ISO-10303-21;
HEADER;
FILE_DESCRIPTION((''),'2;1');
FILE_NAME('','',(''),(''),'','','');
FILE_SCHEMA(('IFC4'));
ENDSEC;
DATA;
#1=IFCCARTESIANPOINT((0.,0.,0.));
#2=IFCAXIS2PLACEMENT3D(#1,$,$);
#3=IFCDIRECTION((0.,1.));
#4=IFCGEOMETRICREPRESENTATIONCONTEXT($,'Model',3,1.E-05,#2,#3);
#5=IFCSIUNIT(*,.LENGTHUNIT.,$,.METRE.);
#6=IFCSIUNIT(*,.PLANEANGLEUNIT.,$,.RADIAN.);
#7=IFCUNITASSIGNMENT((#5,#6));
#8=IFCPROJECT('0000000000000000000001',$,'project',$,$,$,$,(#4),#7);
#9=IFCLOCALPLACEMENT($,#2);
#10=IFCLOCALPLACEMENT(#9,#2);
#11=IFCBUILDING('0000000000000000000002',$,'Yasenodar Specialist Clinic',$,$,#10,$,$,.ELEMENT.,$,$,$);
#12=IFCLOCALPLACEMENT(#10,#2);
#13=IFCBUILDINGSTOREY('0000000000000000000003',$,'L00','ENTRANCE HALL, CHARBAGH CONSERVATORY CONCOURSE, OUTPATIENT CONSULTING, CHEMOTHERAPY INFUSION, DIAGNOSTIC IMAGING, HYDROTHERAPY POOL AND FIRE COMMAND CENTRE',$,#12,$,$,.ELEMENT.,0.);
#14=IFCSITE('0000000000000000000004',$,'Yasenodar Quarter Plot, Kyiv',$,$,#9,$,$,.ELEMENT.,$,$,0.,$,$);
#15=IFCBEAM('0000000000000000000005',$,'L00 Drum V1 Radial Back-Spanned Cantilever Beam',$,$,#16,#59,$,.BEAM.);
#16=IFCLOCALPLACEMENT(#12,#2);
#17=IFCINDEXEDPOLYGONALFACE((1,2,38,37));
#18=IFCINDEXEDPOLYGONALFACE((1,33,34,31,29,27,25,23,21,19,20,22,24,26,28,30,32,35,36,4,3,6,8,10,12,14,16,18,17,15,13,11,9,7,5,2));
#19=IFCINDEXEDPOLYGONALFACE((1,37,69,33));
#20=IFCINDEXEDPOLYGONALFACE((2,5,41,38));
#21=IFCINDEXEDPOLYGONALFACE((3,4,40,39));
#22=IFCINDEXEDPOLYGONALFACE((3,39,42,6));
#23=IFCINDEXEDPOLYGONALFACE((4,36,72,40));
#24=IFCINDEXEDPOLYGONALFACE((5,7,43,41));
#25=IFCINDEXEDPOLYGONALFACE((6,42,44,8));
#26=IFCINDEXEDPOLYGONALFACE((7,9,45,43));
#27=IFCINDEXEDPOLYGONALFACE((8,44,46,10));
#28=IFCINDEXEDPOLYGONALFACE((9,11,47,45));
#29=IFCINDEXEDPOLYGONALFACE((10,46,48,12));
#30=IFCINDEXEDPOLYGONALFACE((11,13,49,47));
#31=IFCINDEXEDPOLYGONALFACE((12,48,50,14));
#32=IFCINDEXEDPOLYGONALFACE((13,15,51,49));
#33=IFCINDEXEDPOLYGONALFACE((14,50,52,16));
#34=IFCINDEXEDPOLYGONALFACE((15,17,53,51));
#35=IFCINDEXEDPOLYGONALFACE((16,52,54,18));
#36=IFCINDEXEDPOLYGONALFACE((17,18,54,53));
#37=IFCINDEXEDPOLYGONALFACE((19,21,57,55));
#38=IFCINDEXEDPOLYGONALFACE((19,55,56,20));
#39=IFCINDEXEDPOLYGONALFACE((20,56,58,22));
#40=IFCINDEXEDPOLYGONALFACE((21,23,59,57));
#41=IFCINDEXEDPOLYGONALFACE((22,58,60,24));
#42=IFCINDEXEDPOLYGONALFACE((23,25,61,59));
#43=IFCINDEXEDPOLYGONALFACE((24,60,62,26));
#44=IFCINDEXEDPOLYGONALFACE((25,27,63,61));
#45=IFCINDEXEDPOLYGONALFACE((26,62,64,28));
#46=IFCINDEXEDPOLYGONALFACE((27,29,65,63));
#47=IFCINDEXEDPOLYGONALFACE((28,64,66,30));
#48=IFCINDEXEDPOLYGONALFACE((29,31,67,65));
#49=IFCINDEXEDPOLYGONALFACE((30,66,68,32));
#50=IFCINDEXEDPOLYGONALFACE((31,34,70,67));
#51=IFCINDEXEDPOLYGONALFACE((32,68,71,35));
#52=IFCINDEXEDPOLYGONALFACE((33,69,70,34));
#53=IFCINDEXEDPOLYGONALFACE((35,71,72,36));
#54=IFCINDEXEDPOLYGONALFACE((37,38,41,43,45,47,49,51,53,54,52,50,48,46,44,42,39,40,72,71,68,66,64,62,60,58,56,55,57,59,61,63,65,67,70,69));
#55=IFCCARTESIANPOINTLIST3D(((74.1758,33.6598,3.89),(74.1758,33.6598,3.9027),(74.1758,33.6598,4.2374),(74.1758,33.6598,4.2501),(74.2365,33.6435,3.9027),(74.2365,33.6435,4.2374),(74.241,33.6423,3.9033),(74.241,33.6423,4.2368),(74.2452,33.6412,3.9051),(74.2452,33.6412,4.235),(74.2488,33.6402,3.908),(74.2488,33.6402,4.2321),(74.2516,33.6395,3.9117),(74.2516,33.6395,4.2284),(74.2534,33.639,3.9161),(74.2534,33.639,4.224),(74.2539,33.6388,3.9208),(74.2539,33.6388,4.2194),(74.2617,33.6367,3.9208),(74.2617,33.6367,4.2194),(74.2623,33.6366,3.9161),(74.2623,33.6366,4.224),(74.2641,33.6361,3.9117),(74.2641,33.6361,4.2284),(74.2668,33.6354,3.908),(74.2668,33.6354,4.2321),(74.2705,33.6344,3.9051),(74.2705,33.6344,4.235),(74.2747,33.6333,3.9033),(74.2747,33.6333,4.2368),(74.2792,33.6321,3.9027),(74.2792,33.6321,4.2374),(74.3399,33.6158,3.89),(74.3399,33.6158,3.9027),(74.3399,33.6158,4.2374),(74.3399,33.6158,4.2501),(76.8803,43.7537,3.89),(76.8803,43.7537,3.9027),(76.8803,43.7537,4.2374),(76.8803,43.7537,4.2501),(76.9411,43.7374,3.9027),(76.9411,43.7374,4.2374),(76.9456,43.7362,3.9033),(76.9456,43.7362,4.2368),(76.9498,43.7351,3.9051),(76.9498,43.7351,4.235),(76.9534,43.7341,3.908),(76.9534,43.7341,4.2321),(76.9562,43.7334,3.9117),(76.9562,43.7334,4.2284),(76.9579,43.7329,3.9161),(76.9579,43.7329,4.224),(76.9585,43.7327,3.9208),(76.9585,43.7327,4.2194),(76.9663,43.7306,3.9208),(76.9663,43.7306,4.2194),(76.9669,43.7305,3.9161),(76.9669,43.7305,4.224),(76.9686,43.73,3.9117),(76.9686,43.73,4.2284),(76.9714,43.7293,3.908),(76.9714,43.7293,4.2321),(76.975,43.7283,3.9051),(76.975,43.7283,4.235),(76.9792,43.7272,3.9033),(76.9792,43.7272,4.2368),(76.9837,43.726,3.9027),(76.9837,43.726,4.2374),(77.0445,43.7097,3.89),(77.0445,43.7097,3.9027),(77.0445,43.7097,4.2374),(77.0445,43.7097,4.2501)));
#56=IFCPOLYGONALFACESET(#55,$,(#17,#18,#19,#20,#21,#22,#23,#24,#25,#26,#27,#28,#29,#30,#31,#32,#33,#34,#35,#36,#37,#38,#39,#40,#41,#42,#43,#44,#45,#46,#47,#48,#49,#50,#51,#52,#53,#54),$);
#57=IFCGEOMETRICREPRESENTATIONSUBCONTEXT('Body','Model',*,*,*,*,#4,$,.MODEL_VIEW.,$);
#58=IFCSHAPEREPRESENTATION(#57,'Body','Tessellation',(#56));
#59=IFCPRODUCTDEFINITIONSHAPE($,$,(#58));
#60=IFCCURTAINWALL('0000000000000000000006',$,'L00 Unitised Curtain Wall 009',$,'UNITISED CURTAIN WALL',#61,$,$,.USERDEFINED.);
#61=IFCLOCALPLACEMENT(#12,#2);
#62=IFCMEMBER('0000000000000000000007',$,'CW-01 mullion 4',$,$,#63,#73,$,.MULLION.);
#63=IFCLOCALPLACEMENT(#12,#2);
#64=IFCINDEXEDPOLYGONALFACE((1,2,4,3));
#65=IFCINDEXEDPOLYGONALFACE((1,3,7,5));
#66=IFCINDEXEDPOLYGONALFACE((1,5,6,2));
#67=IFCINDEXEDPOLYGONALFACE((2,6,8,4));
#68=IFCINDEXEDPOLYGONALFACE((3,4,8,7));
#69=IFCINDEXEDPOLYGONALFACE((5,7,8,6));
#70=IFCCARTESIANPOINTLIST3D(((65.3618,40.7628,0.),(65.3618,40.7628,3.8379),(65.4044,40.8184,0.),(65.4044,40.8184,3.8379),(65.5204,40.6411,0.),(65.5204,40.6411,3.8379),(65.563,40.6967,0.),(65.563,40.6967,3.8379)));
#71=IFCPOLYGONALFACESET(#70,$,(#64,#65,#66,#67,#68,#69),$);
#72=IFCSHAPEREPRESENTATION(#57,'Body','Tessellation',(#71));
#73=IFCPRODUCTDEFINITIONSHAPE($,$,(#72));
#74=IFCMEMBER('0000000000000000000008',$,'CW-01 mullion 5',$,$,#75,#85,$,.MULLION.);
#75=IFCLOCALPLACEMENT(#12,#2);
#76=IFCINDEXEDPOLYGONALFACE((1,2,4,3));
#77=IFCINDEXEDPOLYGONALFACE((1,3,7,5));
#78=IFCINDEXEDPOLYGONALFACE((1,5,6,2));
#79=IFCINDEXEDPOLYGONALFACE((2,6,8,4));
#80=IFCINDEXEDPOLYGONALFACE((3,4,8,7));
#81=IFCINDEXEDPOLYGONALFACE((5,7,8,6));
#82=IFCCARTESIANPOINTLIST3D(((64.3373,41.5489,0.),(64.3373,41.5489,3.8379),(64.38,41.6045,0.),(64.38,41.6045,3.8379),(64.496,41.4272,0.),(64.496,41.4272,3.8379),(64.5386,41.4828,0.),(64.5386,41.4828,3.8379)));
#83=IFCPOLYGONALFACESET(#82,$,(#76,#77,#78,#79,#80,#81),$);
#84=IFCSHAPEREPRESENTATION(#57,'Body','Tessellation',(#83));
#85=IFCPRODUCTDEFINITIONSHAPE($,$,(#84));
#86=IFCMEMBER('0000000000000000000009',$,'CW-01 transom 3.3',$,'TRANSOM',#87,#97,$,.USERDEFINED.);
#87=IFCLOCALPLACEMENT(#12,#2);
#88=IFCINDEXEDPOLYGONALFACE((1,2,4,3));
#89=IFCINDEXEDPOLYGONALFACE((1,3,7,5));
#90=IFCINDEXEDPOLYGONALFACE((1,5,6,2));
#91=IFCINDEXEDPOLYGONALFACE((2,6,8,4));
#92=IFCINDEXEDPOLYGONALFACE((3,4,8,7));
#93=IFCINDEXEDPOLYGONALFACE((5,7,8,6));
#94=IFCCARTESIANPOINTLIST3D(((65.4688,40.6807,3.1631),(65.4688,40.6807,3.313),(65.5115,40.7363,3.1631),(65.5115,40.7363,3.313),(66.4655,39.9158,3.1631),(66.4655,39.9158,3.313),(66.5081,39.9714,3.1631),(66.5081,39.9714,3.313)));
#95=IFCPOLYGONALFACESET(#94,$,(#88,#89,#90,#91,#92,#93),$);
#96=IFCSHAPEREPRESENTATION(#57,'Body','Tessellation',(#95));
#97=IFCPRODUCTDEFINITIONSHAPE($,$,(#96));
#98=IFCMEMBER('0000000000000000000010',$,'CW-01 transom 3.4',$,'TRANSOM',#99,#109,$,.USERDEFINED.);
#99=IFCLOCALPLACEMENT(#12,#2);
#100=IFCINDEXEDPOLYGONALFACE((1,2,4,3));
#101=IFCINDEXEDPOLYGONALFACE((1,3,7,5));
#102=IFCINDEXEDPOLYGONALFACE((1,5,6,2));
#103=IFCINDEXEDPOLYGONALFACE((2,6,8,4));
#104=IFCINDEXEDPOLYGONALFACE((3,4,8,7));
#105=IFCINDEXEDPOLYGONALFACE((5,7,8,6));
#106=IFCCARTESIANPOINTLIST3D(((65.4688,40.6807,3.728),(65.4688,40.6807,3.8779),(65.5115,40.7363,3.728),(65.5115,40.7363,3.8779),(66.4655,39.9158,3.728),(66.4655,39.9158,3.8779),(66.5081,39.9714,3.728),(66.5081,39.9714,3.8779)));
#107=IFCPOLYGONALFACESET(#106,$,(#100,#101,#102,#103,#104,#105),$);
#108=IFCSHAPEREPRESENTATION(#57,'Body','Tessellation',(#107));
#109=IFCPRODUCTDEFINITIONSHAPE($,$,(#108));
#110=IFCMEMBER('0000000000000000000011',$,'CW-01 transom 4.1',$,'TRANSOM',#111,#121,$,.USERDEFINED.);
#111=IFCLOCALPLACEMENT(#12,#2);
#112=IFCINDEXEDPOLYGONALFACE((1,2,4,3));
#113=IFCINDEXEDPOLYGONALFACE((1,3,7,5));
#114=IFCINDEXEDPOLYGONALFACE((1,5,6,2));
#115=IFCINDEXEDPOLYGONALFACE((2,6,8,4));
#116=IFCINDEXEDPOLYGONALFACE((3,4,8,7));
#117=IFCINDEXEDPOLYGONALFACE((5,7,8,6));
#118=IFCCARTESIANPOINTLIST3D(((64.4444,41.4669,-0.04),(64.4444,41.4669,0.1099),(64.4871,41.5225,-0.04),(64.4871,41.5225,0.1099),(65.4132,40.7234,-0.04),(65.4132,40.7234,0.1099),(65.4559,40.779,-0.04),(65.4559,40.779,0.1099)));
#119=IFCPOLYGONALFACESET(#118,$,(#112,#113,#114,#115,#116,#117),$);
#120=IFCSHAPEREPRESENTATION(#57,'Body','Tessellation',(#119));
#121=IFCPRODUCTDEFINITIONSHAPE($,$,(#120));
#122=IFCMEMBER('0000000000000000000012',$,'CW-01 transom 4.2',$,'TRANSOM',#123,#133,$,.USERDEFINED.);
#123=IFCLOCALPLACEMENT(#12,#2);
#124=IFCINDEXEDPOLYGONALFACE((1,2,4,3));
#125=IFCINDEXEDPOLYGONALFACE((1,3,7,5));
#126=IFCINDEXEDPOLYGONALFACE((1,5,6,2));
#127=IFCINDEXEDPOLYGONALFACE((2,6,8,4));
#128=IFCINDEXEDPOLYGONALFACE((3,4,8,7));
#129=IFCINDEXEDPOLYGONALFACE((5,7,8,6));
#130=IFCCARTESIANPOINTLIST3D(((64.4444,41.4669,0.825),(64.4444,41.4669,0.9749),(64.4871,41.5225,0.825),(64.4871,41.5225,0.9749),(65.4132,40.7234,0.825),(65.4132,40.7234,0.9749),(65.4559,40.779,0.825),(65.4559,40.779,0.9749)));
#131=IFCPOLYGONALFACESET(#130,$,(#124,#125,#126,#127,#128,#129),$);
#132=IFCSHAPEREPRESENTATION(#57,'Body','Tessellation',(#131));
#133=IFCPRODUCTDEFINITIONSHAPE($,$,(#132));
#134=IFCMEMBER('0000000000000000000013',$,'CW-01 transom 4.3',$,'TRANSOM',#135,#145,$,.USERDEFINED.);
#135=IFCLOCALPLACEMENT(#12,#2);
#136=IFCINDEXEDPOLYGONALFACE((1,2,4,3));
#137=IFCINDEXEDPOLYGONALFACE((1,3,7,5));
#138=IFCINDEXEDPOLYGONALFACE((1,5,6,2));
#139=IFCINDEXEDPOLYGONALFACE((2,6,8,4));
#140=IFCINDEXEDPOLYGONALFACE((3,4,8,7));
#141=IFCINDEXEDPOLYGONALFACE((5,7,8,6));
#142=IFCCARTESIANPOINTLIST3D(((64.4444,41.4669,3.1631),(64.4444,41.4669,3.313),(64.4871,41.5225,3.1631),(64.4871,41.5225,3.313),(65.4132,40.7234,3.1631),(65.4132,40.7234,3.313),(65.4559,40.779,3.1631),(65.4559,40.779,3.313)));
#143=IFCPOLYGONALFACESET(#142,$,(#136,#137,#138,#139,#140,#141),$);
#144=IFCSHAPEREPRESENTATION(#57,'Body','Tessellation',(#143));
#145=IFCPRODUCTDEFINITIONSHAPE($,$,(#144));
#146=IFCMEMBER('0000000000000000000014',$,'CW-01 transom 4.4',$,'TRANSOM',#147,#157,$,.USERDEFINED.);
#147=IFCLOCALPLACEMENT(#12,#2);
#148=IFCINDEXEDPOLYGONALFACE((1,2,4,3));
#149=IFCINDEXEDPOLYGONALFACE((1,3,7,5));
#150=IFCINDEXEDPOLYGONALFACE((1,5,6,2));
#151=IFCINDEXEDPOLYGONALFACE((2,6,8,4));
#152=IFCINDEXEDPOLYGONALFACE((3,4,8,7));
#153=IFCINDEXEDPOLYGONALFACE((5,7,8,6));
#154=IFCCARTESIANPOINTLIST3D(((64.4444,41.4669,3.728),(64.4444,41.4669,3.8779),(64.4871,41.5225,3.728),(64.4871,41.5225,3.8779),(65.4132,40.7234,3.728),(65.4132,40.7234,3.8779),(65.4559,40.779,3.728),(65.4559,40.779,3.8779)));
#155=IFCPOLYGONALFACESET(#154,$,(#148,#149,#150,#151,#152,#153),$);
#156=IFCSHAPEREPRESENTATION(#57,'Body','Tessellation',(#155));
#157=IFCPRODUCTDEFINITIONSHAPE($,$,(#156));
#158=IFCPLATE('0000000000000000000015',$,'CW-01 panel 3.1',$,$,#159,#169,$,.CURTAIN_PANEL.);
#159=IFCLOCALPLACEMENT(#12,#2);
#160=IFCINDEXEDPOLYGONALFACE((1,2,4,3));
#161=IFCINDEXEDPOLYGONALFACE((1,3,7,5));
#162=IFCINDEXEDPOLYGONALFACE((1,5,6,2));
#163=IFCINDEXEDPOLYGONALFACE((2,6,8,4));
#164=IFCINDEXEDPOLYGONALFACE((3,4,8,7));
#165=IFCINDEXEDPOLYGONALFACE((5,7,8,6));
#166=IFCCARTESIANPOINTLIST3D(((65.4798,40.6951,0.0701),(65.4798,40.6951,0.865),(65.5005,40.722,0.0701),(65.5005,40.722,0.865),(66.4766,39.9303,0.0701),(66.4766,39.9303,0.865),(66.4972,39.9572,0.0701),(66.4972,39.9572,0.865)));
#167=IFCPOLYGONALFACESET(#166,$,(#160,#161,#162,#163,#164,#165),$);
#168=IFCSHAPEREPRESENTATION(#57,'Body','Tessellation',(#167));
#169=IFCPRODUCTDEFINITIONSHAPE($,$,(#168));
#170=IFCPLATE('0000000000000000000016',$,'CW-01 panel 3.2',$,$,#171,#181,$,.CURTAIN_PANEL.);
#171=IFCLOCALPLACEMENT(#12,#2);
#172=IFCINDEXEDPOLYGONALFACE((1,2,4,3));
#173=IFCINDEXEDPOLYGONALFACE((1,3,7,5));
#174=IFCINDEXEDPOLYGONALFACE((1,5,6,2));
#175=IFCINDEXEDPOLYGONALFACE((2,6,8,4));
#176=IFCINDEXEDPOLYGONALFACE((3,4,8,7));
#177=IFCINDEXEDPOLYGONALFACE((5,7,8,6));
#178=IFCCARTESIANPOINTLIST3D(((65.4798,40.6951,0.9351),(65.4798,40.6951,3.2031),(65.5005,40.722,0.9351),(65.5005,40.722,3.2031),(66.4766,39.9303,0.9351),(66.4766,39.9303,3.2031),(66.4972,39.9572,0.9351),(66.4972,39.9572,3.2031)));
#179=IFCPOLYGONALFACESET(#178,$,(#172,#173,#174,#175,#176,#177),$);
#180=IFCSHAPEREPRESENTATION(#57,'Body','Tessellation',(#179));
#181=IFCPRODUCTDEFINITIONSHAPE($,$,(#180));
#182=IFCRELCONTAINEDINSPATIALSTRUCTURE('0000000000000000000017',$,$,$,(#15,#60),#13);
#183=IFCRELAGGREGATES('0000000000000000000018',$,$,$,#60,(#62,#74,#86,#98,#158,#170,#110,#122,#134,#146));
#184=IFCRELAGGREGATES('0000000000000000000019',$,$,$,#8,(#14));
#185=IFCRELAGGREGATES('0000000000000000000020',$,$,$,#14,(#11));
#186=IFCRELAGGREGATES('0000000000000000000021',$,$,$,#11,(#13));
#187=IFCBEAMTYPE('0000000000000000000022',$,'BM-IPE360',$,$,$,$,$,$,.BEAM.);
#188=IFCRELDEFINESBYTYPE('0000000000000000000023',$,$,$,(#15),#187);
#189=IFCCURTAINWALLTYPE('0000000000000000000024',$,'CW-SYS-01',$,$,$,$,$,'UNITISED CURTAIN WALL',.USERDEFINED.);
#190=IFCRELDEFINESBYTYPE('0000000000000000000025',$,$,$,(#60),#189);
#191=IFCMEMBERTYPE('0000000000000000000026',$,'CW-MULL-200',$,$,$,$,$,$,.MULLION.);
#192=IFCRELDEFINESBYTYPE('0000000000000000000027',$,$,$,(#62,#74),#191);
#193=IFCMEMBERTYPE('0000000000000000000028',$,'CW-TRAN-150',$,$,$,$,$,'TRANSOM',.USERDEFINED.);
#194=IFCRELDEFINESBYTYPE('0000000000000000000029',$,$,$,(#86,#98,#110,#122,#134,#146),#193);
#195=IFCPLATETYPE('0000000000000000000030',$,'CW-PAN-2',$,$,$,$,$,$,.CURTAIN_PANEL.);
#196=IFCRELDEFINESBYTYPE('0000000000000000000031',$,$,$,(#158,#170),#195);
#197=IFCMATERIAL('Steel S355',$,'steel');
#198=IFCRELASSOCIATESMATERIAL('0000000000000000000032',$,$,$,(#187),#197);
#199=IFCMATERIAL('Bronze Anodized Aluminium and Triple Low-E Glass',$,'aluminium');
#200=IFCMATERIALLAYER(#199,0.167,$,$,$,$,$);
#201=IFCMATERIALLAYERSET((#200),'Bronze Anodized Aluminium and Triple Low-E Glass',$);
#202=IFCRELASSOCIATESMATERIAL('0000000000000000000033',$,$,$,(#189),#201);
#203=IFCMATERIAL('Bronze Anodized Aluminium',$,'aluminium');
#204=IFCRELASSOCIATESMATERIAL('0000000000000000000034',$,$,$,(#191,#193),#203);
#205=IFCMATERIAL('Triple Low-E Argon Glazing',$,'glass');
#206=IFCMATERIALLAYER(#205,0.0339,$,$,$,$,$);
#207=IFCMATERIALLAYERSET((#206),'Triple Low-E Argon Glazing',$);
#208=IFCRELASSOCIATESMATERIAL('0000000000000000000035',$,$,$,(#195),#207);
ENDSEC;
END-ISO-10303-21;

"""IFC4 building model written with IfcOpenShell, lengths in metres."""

from ifc_helpers import new_model, si_unit, direction, frame, origin, origin_2d, place, context, subcontext, project, spatial, rectangle, i_section, extrude, material, layer, layer_set, material_profile, profile_set, type_object, element, aggregate, save


model = new_model("IFC4")

# Units and contexts
model_context = context("Model", 3, precision=1e-05, world=origin(), true_north=direction((0.0, 1.0)))
body_context = subcontext(model_context, "Body", "Model", "MODEL_VIEW")
ifc_project = project(units=[si_unit("LENGTHUNIT", "METRE"), si_unit("PLANEANGLEUNIT", "RADIAN")], contexts=[model_context])

# Site, building, storey
site_placement = place(None, origin())
site = spatial("IfcSite", under=ifc_project, at=site_placement, Name="Yasenodar Quarter Plot, Kyiv", CompositionType="ELEMENT", RefElevation=0.0)
building_placement = place(site_placement, origin())
building = spatial("IfcBuilding", under=site, at=building_placement, Name="Yasenodar Specialist Clinic", CompositionType="ELEMENT")
storey_placement = place(building_placement, origin())
storey = spatial("IfcBuildingStorey", under=building, at=storey_placement, Name="L00", Description="ENTRANCE HALL, CHARBAGH CONSERVATORY CONCOURSE, OUTPATIENT CONSULTING, CHEMOTHERAPY INFUSION, DIAGNOSTIC IMAGING, HYDROTHERAPY POOL AND FIRE COMMAND CENTRE", CompositionType="ELEMENT", Elevation=0.0)

# Shared definitions
ifc_material_1 = material(Name="Steel S355", Category="steel")

# Beam
ifc_material_profile_1 = material_profile(ifc_material_1, i_section(OverallWidth=0.1699, OverallDepth=0.3601, WebThickness=0.0081, FlangeThickness=0.0127, FilletRadius=0.0181, at=origin_2d()), Name="IPE 360")
ifc_profile_set_1 = profile_set([ifc_material_profile_1], Name="Steel S355")
beam_type_1 = type_object("IfcBeamType", Name="BM-IPE360", PredefinedType="BEAM", material=ifc_profile_set_1)
beam_1_placement = place(storey_placement, frame((76.9624, 43.7317, 4.0701), z_axis=(-0.258811, -0.965928, 0.0), x_axis=(0.965928, -0.258811, 0.0)))
element("IfcBeam", 1, at=beam_1_placement, inside=storey, type_object=beam_type_1, Name="L00 Drum V1 Radial Back-Spanned Cantilever Beam", PredefinedType="BEAM", context=body_context, shape_type="SweptSolid", body=[
    extrude(i_section(OverallWidth=0.1699, OverallDepth=0.3601, WebThickness=0.0081, FlangeThickness=0.0127, FilletRadius=0.0181, at=origin_2d()), origin(), (0.0, 0.0, 1.0), 10.45),
])

# Curtain wall, members, plates
ifc_material_2 = material(Name="Bronze Anodized Aluminium and Triple Low-E Glass", Category="aluminium")
ifc_layer_1 = layer(ifc_material_2, 0.167)
ifc_layer_set_1 = layer_set([ifc_layer_1], Name="Bronze Anodized Aluminium and Triple Low-E Glass")
curtain_wall_type = type_object("IfcCurtainWallType", Name="CW-SYS-01", ElementType="UNITISED CURTAIN WALL", PredefinedType="USERDEFINED", material=ifc_layer_set_1)
curtain_wall_placement = place(storey_placement, origin())
curtain_wall = element("IfcCurtainWall", 2, at=curtain_wall_placement, inside=storey, type_object=curtain_wall_type, Name="L00 Unitised Curtain Wall 009", ObjectType="UNITISED CURTAIN WALL", PredefinedType="USERDEFINED")
ifc_material_3 = material(Name="Bronze Anodized Aluminium", Category="aluminium")
ifc_material_profile_2 = material_profile(ifc_material_3, rectangle(XDim=0.0701, YDim=0.2, at=origin_2d()), Name="CW-MULL 70x200")
ifc_profile_set_2 = profile_set([ifc_material_profile_2], Name="Bronze Anodized Aluminium")
member_type_1 = type_object("IfcMemberType", Name="CW-MULL-200", PredefinedType="MULLION", material=ifc_profile_set_2)
member_1_placement = place(storey_placement, frame((65.4624, 40.7297, 0.0), z_axis=(0.0, 0.0, 1.0), x_axis=(-0.608752, -0.793361, 0.0)))
member_1 = element("IfcMember", 3, at=member_1_placement, type_object=member_type_1, Name="CW-01 mullion 4", PredefinedType="MULLION", context=body_context, shape_type="SweptSolid", body=[
    extrude(rectangle(XDim=0.0701, YDim=0.2, at=origin_2d()), origin(), (0.0, 0.0, 1.0), 3.8379),
])
member_2_placement = place(storey_placement, frame((64.438, 41.5159, 0.0), z_axis=(0.0, 0.0, 1.0), x_axis=(-0.608752, -0.793361, 0.0)))
member_2 = element("IfcMember", 4, at=member_2_placement, type_object=member_type_1, Name="CW-01 mullion 5", PredefinedType="MULLION", context=body_context, shape_type="SweptSolid", body=[
    extrude(rectangle(XDim=0.0701, YDim=0.2, at=origin_2d()), origin(), (0.0, 0.0, 1.0), 3.8379),
])
ifc_material_profile_3 = material_profile(ifc_material_3, rectangle(XDim=0.0701, YDim=0.1499, at=origin_2d()), Name="CW-TRAN 70x150")
ifc_profile_set_3 = profile_set([ifc_material_profile_3], Name="Bronze Anodized Aluminium")
member_type_2 = type_object("IfcMemberType", Name="CW-TRAN-150", ElementType="TRANSOM", PredefinedType="USERDEFINED", material=ifc_profile_set_3)
member_3_placement = place(storey_placement, frame((66.4868, 39.9436, 3.238), z_axis=(-0.793281, 0.608856, 0.0), x_axis=(-0.608856, -0.793281, 0.0)))
member_3 = element("IfcMember", 5, at=member_3_placement, type_object=member_type_2, Name="CW-01 transom 3.3", ObjectType="TRANSOM", PredefinedType="USERDEFINED", context=body_context, shape_type="SweptSolid", body=[
    extrude(rectangle(XDim=0.0701, YDim=0.1499, at=origin_2d()), origin(), (0.0, 0.0, 1.0), 1.2563),
])
member_4_placement = place(storey_placement, frame((66.4868, 39.9436, 3.803), z_axis=(-0.793281, 0.608856, 0.0), x_axis=(-0.608856, -0.793281, 0.0)))
member_4 = element("IfcMember", 6, at=member_4_placement, type_object=member_type_2, Name="CW-01 transom 3.4", ObjectType="TRANSOM", PredefinedType="USERDEFINED", context=body_context, shape_type="SweptSolid", body=[
    extrude(rectangle(XDim=0.0701, YDim=0.1499, at=origin_2d()), origin(), (0.0, 0.0, 1.0), 1.2563),
])
member_5_placement = place(storey_placement, frame((65.4346, 40.7512, 0.0349), z_axis=(-0.79333, 0.608792, 0.0), x_axis=(-0.608792, -0.79333, 0.0)))
member_5 = element("IfcMember", 7, at=member_5_placement, type_object=member_type_2, Name="CW-01 transom 4.1", ObjectType="TRANSOM", PredefinedType="USERDEFINED", context=body_context, shape_type="SweptSolid", body=[
    extrude(rectangle(XDim=0.0701, YDim=0.1499, at=origin_2d()), origin(), (0.0, 0.0, 1.0), 1.2212),
])
member_6_placement = place(storey_placement, frame((65.4346, 40.7512, 0.8999), z_axis=(-0.79333, 0.608792, 0.0), x_axis=(-0.608792, -0.79333, 0.0)))
member_6 = element("IfcMember", 8, at=member_6_placement, type_object=member_type_2, Name="CW-01 transom 4.2", ObjectType="TRANSOM", PredefinedType="USERDEFINED", context=body_context, shape_type="SweptSolid", body=[
    extrude(rectangle(XDim=0.0701, YDim=0.1499, at=origin_2d()), origin(), (0.0, 0.0, 1.0), 1.2212),
])
member_7_placement = place(storey_placement, frame((65.4346, 40.7512, 3.238), z_axis=(-0.79333, 0.608792, 0.0), x_axis=(-0.608792, -0.79333, 0.0)))
member_7 = element("IfcMember", 9, at=member_7_placement, type_object=member_type_2, Name="CW-01 transom 4.3", ObjectType="TRANSOM", PredefinedType="USERDEFINED", context=body_context, shape_type="SweptSolid", body=[
    extrude(rectangle(XDim=0.0701, YDim=0.1499, at=origin_2d()), origin(), (0.0, 0.0, 1.0), 1.2212),
])
member_8_placement = place(storey_placement, frame((65.4346, 40.7512, 3.803), z_axis=(-0.79333, 0.608792, 0.0), x_axis=(-0.608792, -0.79333, 0.0)))
member_8 = element("IfcMember", 10, at=member_8_placement, type_object=member_type_2, Name="CW-01 transom 4.4", ObjectType="TRANSOM", PredefinedType="USERDEFINED", context=body_context, shape_type="SweptSolid", body=[
    extrude(rectangle(XDim=0.0701, YDim=0.1499, at=origin_2d()), origin(), (0.0, 0.0, 1.0), 1.2212),
])
ifc_material_4 = material(Name="Triple Low-E Argon Glazing", Category="glass")
ifc_layer_2 = layer(ifc_material_4, 0.0339)
ifc_layer_set_2 = layer_set([ifc_layer_2], Name="Triple Low-E Argon Glazing")
plate_type = type_object("IfcPlateType", Name="CW-PAN-2", PredefinedType="CURTAIN_PANEL", material=ifc_layer_set_2)
plate_1_placement = place(storey_placement, frame((65.9885, 40.3262, 0.0701), z_axis=(0.0, 0.0, 1.0), x_axis=(-0.793361, 0.608752, 0.0)))
plate_1 = element("IfcPlate", 11, at=plate_1_placement, type_object=plate_type, Name="CW-01 panel 3.1", PredefinedType="CURTAIN_PANEL", context=body_context, shape_type="SweptSolid", body=[
    extrude(rectangle(XDim=1.2563, YDim=0.0339, at=origin_2d()), origin(), (0.0, 0.0, 1.0), 0.7949),
])
plate_2_placement = place(storey_placement, frame((65.9885, 40.3262, 0.9351), z_axis=(0.0, 0.0, 1.0), x_axis=(-0.793361, 0.608752, 0.0)))
plate_2 = element("IfcPlate", 12, at=plate_2_placement, type_object=plate_type, Name="CW-01 panel 3.2", PredefinedType="CURTAIN_PANEL", context=body_context, shape_type="SweptSolid", body=[
    extrude(rectangle(XDim=1.2563, YDim=0.0339, at=origin_2d()), origin(), (0.0, 0.0, 1.0), 2.2681),
])
aggregate(curtain_wall, [member_1, member_2, member_3, member_4, plate_1, plate_2, member_5, member_6, member_7, member_8])

save(model, "model.ifc")
